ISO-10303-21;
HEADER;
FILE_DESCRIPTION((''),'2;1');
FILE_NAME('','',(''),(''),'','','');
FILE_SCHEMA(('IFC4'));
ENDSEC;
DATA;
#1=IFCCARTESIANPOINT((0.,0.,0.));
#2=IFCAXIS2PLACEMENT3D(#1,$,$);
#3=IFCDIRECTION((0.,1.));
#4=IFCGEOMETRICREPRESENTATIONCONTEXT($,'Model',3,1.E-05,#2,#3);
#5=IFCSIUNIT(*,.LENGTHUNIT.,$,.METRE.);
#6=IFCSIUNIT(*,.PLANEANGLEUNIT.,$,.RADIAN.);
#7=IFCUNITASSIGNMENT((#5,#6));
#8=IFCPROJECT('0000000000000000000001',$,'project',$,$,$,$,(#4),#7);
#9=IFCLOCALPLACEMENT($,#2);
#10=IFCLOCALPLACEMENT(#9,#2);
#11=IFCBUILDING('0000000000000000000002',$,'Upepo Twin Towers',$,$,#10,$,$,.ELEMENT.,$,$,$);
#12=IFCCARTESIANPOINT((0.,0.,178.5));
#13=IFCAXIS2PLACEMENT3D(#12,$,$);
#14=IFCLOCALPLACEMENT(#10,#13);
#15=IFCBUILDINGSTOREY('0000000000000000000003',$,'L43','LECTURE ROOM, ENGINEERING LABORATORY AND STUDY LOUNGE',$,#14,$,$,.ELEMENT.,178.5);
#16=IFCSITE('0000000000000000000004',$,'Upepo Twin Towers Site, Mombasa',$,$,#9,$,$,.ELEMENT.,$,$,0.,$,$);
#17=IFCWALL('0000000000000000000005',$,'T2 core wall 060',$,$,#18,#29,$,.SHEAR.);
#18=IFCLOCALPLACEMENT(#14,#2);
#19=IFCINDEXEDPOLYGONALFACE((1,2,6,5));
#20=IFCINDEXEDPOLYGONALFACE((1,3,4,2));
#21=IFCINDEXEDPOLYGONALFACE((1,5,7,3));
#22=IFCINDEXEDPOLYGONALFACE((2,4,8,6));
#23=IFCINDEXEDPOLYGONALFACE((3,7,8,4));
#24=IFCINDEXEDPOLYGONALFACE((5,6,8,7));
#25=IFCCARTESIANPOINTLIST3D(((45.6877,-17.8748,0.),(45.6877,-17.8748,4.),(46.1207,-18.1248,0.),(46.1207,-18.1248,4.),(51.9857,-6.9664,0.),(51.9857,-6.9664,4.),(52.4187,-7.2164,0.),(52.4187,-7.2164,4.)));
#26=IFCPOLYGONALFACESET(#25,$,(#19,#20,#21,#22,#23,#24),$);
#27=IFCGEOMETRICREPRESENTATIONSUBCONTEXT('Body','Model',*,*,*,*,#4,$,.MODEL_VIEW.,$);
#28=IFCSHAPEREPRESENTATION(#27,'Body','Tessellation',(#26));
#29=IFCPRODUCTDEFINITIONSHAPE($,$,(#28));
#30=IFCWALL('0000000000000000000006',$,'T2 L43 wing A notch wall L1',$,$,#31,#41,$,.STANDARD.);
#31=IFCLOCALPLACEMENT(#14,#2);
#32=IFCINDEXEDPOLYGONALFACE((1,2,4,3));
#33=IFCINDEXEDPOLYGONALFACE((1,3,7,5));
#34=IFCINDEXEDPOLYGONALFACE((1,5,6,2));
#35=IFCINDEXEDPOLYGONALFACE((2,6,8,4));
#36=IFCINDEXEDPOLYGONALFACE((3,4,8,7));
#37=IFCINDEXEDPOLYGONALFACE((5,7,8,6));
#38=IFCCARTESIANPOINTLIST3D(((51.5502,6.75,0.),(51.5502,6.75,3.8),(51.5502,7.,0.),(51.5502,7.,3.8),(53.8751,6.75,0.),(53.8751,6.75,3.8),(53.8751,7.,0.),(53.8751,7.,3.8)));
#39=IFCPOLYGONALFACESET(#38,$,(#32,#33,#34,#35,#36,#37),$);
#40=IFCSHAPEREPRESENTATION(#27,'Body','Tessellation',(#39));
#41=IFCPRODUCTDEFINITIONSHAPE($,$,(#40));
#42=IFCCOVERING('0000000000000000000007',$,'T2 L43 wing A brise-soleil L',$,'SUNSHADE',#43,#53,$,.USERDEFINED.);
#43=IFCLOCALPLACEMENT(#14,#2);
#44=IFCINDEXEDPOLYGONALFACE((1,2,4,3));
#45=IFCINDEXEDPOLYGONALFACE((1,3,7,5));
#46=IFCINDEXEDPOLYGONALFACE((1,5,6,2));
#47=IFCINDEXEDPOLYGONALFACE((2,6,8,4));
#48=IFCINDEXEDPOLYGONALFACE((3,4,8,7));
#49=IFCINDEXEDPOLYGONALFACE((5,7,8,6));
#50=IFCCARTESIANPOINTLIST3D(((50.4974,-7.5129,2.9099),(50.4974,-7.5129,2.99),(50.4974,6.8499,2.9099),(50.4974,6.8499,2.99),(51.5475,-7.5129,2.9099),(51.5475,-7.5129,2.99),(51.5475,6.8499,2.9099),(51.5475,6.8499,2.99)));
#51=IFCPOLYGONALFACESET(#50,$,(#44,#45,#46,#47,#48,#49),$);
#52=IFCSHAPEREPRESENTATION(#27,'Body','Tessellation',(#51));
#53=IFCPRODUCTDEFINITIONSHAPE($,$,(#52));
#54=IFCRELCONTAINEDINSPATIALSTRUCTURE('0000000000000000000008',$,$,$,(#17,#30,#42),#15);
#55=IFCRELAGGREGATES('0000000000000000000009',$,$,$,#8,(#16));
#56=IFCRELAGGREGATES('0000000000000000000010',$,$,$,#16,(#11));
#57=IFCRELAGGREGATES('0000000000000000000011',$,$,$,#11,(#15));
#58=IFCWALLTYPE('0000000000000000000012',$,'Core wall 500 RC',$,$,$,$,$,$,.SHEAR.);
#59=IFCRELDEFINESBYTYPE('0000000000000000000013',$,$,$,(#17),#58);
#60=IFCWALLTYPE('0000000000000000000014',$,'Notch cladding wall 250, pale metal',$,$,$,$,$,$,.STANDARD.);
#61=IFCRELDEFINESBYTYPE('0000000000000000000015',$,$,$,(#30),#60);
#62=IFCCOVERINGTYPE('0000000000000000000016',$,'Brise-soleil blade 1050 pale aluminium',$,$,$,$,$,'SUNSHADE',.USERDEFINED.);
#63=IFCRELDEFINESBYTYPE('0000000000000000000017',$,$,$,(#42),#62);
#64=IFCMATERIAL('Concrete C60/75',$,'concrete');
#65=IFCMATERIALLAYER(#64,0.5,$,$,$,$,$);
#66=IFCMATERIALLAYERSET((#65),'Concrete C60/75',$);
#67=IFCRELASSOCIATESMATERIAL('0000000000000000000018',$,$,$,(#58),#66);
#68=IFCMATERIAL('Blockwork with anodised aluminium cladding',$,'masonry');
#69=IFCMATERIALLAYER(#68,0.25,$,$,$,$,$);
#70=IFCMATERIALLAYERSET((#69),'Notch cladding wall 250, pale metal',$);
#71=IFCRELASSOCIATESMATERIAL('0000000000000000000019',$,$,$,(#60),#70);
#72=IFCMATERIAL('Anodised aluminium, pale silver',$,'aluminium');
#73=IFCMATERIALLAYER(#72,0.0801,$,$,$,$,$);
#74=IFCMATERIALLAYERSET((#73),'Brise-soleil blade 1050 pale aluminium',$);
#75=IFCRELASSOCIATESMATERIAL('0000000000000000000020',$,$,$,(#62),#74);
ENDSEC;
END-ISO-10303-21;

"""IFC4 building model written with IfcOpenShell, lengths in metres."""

from ifc_helpers import new_model, si_unit, direction, frame, frame_2d, origin, origin_2d, place, context, subcontext, project, spatial, rectangle, extrude, material, layer, layer_set, type_object, element, save


model = new_model("IFC4")

# Units and contexts
model_context = context("Model", 3, precision=1e-05, world=origin(), true_north=direction((0.0, 1.0)))
body_context = subcontext(model_context, "Body", "Model", "MODEL_VIEW")
ifc_project = project(units=[si_unit("LENGTHUNIT", "METRE"), si_unit("PLANEANGLEUNIT", "RADIAN")], contexts=[model_context])

# Site, building, storey
site_placement = place(None, origin())
site = spatial("IfcSite", under=ifc_project, at=site_placement, Name="Upepo Twin Towers Site, Mombasa", CompositionType="ELEMENT", RefElevation=0.0)
building_placement = place(site_placement, origin())
building = spatial("IfcBuilding", under=site, at=building_placement, Name="Upepo Twin Towers", CompositionType="ELEMENT")
storey_placement = place(building_placement, frame((0.0, 0.0, 178.5)))
storey = spatial("IfcBuildingStorey", under=building, at=storey_placement, Name="L43", Description="LECTURE ROOM, ENGINEERING LABORATORY AND STUDY LOUNGE", CompositionType="ELEMENT", Elevation=178.5)

# Walls
ifc_material_1 = material(Name="Concrete C60/75", Category="concrete")
ifc_layer_1 = layer(ifc_material_1, 0.5)
ifc_layer_set_1 = layer_set([ifc_layer_1], Name="Concrete C60/75")
wall_type_1 = type_object("IfcWallType", Name="Core wall 500 RC", PredefinedType="SHEAR", material=ifc_layer_set_1)
wall_1_placement = place(storey_placement, frame((52.2021, -7.0916, 0.0), z_axis=(0.0, 0.0, 1.0), x_axis=(-0.500006, -0.866022, 0.0)))
element("IfcWall", 1, at=wall_1_placement, inside=storey, type_object=wall_type_1, Name="T2 core wall 060", PredefinedType="SHEAR", context=body_context, shape_type="SweptSolid", body=[
    extrude(rectangle(XDim=12.5959, YDim=0.5, at=frame_2d((6.2979, 0.0))), origin(), (0.0, 0.0, 1.0), 4.0),
])
ifc_material_2 = material(Name="Blockwork with anodised aluminium cladding", Category="masonry")
ifc_layer_2 = layer(ifc_material_2, 0.25)
ifc_layer_set_2 = layer_set([ifc_layer_2], Name="Notch cladding wall 250, pale metal")
wall_type_2 = type_object("IfcWallType", Name="Notch cladding wall 250, pale metal", PredefinedType="STANDARD", material=ifc_layer_set_2)
wall_2_placement = place(storey_placement, frame((51.55, 6.875, 0.0), z_axis=(0.0, 0.0, 1.0), x_axis=(1.0, 0.0, 0.0)))
element("IfcWall", 2, at=wall_2_placement, inside=storey, type_object=wall_type_2, Name="T2 L43 wing A notch wall L1", PredefinedType="STANDARD", context=body_context, shape_type="SweptSolid", body=[
    extrude(rectangle(XDim=2.325, YDim=0.25, at=frame_2d((1.1626, 0.0))), origin(), (0.0, 0.0, 1.0), 3.8),
])

# Covering
ifc_material_3 = material(Name="Anodised aluminium, pale silver", Category="aluminium")
ifc_layer_3 = layer(ifc_material_3, 0.0801)
ifc_layer_set_3 = layer_set([ifc_layer_3], Name="Brise-soleil blade 1050 pale aluminium")
covering_type = type_object("IfcCoveringType", Name="Brise-soleil blade 1050 pale aluminium", ElementType="SUNSHADE", PredefinedType="USERDEFINED", material=ifc_layer_set_3)
covering_placement = place(storey_placement, frame((51.0225, -0.3315, 2.9099), z_axis=(0.0, 0.0, 1.0), x_axis=(0.0, 1.0, 0.0)))
element("IfcCovering", 3, at=covering_placement, inside=storey, type_object=covering_type, Name="T2 L43 wing A brise-soleil L", ObjectType="SUNSHADE", PredefinedType="USERDEFINED", context=body_context, shape_type="SweptSolid", body=[
    extrude(rectangle(XDim=14.3628, YDim=1.05, at=origin_2d()), origin(), (0.0, 0.0, 1.0), 0.0801),
])

save(model, "model.ifc")
